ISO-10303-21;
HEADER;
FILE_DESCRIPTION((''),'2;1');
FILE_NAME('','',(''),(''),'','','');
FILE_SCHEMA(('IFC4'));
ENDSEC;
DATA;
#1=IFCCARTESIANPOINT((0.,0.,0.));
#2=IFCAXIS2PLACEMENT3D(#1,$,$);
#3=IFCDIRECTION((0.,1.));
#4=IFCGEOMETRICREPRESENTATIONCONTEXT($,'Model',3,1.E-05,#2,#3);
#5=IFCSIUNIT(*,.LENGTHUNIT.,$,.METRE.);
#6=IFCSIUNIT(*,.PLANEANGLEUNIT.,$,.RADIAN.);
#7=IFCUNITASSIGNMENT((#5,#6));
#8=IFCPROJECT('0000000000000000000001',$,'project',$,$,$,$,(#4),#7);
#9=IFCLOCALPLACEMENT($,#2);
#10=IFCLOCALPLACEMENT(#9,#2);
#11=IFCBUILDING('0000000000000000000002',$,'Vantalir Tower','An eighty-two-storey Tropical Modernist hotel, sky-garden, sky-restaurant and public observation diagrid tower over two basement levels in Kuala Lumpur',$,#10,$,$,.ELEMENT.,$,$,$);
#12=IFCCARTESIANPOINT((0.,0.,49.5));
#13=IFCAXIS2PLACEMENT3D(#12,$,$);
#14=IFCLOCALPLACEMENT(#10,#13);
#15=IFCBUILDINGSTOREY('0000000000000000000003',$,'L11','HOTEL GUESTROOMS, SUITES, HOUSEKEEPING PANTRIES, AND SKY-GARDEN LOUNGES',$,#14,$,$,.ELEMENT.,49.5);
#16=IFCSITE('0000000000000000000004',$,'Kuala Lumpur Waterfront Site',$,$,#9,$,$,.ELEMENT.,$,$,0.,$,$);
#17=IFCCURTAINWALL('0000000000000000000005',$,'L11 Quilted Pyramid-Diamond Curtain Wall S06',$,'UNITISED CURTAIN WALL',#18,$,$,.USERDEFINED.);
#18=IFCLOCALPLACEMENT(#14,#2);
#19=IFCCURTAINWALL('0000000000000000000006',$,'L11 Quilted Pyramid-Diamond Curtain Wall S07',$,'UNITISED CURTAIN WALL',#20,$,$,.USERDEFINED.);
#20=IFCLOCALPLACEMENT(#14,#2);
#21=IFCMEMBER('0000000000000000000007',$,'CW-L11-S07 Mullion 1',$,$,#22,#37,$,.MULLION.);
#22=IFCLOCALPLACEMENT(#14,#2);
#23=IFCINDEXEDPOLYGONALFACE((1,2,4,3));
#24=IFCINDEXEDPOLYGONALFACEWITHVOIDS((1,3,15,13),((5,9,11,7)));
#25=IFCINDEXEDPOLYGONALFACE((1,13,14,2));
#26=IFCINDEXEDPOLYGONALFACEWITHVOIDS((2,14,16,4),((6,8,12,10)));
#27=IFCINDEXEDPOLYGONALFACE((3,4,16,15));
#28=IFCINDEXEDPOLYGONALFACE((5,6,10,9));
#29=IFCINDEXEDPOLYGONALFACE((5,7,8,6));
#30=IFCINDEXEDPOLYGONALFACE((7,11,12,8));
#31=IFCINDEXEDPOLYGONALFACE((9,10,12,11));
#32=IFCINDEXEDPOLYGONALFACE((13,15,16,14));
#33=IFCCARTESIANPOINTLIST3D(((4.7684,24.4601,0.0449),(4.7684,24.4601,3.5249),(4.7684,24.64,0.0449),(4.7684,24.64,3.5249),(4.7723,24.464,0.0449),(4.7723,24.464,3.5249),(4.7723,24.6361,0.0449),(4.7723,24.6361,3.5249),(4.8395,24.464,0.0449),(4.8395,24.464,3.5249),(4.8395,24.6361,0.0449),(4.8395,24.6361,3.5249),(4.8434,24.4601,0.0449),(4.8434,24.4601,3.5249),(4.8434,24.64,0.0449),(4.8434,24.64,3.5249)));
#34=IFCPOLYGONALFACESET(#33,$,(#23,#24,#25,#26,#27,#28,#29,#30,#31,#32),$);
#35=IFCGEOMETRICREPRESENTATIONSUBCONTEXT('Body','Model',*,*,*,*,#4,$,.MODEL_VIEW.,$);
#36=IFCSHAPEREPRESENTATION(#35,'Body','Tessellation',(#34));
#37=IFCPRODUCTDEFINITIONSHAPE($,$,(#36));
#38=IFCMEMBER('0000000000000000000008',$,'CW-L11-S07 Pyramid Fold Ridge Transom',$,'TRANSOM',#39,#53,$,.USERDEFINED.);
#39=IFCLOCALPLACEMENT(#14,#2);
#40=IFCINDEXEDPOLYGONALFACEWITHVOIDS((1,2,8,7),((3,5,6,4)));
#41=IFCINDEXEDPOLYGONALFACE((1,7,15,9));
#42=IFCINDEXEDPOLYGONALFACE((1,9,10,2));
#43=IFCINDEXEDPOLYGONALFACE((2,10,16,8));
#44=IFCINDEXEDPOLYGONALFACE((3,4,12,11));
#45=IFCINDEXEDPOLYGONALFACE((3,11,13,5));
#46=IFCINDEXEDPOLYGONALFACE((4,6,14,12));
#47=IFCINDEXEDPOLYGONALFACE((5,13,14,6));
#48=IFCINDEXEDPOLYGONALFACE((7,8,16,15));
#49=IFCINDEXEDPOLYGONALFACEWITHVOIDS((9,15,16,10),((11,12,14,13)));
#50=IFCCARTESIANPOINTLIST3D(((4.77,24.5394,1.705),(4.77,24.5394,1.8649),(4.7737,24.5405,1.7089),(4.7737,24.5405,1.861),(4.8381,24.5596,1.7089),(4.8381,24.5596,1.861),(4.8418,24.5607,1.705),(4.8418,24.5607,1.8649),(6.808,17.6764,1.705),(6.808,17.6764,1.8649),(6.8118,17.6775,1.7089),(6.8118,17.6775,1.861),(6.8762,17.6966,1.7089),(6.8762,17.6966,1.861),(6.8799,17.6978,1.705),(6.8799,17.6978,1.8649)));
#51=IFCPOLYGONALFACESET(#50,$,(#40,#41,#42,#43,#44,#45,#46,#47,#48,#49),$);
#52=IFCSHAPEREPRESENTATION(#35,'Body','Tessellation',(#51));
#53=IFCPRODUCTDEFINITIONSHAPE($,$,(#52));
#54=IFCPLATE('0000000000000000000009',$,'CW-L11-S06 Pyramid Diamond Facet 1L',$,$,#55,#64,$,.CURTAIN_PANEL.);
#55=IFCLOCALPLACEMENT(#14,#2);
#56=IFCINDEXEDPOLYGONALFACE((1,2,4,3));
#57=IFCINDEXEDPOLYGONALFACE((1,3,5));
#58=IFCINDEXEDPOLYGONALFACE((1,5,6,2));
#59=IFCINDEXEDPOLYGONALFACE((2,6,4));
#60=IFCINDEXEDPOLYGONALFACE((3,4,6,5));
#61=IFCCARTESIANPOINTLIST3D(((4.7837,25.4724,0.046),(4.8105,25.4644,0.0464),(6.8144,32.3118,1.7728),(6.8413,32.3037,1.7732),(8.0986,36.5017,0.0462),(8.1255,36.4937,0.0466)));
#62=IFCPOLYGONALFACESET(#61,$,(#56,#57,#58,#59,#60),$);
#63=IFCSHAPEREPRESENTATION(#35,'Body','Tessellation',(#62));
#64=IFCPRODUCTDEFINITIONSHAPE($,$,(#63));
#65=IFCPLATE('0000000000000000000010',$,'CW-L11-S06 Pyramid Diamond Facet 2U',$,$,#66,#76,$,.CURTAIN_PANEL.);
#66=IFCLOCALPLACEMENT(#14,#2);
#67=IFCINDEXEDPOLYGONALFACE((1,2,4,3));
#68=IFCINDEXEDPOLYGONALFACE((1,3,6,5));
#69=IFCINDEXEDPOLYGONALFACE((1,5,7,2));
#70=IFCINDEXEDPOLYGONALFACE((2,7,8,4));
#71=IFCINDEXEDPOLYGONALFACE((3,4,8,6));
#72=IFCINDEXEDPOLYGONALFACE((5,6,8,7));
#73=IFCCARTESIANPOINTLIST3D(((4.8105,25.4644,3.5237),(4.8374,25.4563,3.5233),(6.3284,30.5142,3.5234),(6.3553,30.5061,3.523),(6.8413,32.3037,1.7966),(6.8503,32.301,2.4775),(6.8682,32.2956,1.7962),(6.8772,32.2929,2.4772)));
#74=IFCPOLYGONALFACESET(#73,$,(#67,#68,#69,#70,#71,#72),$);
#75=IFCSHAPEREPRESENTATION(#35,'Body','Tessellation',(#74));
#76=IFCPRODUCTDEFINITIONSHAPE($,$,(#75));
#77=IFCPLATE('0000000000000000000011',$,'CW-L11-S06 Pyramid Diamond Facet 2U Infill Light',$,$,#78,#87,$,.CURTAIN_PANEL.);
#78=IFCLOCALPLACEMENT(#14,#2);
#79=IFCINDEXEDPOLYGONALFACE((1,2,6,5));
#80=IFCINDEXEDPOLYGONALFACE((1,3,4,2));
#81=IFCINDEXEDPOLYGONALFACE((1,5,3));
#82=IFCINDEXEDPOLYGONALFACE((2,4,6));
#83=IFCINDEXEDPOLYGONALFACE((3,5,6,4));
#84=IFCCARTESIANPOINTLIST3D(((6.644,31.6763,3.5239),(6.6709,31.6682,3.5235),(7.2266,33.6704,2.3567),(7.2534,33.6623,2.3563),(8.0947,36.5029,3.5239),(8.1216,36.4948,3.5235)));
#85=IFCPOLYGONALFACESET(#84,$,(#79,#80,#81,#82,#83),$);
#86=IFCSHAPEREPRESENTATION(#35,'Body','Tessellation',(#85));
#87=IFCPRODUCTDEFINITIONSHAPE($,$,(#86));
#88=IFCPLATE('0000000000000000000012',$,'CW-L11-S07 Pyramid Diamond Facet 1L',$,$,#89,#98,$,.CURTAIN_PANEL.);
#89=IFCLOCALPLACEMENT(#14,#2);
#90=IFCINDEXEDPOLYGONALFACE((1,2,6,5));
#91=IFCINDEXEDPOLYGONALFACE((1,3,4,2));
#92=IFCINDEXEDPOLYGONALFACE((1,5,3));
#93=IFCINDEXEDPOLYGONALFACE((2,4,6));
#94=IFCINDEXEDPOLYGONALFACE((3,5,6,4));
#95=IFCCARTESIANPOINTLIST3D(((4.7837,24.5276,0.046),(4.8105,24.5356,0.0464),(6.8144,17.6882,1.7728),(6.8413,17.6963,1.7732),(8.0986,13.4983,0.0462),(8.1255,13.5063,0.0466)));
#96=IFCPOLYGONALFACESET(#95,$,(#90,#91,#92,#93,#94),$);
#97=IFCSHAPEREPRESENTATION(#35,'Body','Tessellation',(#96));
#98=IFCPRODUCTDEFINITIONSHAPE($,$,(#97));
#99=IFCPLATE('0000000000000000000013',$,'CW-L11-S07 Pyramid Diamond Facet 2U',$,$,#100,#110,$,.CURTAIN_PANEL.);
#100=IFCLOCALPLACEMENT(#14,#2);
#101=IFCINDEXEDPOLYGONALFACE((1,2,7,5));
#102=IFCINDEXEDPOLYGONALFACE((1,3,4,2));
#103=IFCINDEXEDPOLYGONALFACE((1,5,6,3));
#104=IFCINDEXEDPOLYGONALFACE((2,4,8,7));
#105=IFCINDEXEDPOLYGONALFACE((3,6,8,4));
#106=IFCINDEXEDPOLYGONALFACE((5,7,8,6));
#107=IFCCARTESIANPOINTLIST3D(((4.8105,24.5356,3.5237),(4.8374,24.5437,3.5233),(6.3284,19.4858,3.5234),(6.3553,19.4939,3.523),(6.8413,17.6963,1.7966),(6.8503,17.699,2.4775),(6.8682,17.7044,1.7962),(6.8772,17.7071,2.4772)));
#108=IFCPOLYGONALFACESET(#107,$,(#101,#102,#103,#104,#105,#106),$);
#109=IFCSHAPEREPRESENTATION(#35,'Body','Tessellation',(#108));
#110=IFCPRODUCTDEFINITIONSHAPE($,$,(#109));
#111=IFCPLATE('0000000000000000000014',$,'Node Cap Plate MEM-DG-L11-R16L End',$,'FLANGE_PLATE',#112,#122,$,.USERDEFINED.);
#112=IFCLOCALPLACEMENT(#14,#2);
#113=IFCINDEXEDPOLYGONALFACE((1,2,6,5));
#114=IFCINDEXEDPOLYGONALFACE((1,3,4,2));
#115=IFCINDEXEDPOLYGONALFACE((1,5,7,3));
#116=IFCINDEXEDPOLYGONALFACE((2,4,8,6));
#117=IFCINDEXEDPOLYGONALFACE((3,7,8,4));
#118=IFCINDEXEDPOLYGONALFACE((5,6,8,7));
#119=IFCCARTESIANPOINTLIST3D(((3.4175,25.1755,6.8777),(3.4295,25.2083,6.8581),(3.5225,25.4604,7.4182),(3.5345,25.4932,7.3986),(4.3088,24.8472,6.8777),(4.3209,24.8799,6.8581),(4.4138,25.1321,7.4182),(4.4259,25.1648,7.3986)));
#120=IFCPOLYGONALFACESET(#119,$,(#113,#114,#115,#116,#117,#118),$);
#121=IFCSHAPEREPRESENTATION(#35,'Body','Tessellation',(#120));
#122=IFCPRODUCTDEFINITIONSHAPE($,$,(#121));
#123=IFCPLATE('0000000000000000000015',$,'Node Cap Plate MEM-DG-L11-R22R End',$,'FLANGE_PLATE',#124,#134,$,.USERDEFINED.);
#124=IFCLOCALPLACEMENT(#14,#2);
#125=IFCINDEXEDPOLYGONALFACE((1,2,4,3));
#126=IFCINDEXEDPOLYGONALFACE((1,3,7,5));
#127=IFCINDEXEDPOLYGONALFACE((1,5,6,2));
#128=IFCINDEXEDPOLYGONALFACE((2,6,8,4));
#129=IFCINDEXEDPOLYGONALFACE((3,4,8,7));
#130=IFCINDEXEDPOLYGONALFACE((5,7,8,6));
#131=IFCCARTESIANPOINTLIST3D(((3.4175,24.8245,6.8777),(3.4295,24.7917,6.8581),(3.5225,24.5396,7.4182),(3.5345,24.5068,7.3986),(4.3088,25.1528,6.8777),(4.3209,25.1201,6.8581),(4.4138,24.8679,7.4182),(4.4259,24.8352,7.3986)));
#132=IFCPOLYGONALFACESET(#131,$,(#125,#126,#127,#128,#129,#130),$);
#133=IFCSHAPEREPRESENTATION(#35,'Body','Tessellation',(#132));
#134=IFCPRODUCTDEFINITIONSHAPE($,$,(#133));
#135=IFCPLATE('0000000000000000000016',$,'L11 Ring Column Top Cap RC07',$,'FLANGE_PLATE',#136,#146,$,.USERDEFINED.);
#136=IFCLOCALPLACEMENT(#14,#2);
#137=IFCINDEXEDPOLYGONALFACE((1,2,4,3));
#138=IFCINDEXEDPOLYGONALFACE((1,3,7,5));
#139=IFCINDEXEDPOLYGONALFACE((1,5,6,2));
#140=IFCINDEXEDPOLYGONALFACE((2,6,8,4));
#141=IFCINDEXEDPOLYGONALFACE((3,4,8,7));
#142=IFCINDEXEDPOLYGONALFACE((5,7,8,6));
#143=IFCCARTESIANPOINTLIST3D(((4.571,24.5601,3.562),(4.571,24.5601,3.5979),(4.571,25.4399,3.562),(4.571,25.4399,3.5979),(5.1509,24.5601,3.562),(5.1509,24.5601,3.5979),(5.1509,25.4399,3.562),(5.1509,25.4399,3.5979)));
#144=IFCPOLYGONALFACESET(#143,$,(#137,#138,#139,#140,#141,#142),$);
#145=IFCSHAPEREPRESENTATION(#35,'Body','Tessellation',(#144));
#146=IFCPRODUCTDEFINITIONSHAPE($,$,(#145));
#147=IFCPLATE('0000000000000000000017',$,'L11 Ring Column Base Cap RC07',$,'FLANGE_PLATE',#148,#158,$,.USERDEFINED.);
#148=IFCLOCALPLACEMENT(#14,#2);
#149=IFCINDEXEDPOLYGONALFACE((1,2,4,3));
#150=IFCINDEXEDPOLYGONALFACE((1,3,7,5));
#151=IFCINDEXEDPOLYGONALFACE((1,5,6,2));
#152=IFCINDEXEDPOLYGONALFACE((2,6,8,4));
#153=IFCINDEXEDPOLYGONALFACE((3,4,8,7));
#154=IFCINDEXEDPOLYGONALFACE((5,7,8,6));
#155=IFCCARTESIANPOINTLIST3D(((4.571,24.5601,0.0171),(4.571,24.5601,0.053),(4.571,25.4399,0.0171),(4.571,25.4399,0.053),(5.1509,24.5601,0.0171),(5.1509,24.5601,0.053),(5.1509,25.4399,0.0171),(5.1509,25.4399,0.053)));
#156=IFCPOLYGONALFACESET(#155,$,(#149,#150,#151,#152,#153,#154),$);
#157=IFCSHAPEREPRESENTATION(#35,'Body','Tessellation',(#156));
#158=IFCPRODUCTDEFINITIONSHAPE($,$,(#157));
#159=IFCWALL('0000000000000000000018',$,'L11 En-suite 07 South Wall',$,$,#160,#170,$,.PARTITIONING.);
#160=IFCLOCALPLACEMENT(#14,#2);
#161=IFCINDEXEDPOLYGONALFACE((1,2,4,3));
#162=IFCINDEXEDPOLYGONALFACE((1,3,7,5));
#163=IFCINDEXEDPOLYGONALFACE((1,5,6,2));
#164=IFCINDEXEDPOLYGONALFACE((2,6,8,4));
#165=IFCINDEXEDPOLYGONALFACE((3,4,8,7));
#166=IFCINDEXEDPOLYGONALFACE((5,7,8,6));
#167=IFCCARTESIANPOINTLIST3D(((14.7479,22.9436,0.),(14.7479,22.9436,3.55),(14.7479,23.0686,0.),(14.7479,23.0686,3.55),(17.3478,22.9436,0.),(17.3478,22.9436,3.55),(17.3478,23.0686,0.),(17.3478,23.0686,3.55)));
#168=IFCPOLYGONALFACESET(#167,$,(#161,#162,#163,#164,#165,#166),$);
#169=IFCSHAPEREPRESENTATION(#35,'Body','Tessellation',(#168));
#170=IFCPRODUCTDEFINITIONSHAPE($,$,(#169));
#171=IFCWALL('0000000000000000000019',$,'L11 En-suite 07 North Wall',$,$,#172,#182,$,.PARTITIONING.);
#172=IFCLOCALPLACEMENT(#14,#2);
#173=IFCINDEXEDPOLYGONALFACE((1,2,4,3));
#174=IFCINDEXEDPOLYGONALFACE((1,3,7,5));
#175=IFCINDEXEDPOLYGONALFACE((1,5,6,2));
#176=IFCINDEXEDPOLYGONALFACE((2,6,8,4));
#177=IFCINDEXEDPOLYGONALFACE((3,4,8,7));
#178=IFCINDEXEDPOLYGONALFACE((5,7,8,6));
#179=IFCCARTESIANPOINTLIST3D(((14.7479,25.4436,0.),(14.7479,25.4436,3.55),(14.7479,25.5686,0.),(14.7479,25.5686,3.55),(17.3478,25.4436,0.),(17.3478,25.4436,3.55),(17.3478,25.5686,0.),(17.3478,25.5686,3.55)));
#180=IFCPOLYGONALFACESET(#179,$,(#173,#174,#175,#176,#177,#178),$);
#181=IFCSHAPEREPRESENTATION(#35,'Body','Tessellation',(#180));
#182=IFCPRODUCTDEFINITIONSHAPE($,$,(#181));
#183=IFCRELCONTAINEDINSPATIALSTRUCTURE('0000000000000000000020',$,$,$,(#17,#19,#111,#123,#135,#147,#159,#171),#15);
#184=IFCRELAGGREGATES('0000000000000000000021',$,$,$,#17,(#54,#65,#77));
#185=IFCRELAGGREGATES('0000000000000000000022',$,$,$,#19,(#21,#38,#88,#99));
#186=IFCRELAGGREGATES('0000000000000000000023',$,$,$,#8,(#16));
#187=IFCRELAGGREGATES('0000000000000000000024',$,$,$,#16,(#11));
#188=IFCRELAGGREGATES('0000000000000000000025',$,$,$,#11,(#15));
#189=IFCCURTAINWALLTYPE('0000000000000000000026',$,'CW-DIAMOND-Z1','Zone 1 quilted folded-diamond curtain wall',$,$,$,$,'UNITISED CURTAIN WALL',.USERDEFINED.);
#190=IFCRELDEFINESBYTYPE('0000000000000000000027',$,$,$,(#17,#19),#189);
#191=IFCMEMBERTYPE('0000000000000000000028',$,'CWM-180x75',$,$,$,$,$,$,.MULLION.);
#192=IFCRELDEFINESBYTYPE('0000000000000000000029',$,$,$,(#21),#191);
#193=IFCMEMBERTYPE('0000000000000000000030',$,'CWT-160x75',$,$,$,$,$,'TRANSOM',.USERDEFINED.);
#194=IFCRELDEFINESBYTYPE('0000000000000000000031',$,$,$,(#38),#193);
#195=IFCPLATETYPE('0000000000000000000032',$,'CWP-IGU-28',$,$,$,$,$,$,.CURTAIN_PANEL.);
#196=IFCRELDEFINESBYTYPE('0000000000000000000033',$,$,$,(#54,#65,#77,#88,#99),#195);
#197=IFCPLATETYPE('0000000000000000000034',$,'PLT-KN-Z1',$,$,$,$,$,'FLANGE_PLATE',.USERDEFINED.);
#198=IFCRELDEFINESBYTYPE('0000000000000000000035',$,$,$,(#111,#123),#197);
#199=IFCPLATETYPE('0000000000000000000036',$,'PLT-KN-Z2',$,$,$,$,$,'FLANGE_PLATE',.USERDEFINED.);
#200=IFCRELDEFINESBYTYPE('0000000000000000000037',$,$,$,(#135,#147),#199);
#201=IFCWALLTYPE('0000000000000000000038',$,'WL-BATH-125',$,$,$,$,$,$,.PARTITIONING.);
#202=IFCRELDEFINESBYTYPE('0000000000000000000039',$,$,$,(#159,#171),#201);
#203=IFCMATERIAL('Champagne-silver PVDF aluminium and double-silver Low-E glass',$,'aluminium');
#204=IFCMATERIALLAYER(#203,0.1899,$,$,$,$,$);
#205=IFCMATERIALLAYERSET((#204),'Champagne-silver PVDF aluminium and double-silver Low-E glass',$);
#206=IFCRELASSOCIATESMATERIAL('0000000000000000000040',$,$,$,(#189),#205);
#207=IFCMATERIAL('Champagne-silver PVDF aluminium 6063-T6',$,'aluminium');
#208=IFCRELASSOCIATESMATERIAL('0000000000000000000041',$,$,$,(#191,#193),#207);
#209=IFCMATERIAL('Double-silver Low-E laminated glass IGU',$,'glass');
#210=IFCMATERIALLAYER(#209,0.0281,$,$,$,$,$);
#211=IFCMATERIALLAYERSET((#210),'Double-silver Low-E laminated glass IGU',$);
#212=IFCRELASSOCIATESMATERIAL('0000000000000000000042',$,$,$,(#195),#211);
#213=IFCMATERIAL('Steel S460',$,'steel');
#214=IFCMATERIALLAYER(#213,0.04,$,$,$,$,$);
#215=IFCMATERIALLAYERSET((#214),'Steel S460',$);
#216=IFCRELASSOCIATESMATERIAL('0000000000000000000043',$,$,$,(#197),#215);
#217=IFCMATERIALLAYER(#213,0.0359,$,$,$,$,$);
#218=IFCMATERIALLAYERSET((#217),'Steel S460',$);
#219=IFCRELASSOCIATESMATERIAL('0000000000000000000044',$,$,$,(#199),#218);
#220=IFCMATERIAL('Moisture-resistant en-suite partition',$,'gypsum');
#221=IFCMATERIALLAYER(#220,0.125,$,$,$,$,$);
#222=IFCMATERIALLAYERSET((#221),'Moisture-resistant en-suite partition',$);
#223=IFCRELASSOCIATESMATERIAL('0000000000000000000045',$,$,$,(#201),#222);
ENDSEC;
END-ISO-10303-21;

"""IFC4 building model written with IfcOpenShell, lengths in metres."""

from ifc_helpers import new_model, si_unit, direction, frame, frame_2d, origin, origin_2d, place, context, subcontext, project, spatial, polyline, rectangle, hollow_rectangle, outline, extrude, material, layer, layer_set, material_profile, profile_set, type_object, element, aggregate, save


model = new_model("IFC4")

# Units and contexts
model_context = context("Model", 3, precision=1e-05, world=origin(), true_north=direction((0.0, 1.0)))
body_context = subcontext(model_context, "Body", "Model", "MODEL_VIEW")
ifc_project = project(units=[si_unit("LENGTHUNIT", "METRE"), si_unit("PLANEANGLEUNIT", "RADIAN")], contexts=[model_context])

# Site, building, storey
site_placement = place(None, origin())
site = spatial("IfcSite", under=ifc_project, at=site_placement, Name="Kuala Lumpur Waterfront Site", CompositionType="ELEMENT", RefElevation=0.0)
building_placement = place(site_placement, origin())
building = spatial("IfcBuilding", under=site, at=building_placement, Name="Vantalir Tower", Description="An eighty-two-storey Tropical Modernist hotel, sky-garden, sky-restaurant and public observation diagrid tower over two basement levels in Kuala Lumpur", CompositionType="ELEMENT")
storey_placement = place(building_placement, frame((0.0, 0.0, 49.5)))
storey = spatial("IfcBuildingStorey", under=building, at=storey_placement, Name="L11", Description="HOTEL GUESTROOMS, SUITES, HOUSEKEEPING PANTRIES, AND SKY-GARDEN LOUNGES", CompositionType="ELEMENT", Elevation=49.5)

# Shared definitions
ifc_material_1 = material(Name="Steel S460", Category="steel")

# Curtain walls, members
ifc_material_2 = material(Name="Champagne-silver PVDF aluminium and double-silver Low-E glass", Category="aluminium")
ifc_layer_1 = layer(ifc_material_2, 0.1899)
ifc_layer_set_1 = layer_set([ifc_layer_1], Name="Champagne-silver PVDF aluminium and double-silver Low-E glass")
curtain_wall_type = type_object("IfcCurtainWallType", Name="CW-DIAMOND-Z1", Description="Zone 1 quilted folded-diamond curtain wall", ElementType="UNITISED CURTAIN WALL", PredefinedType="USERDEFINED", material=ifc_layer_set_1)
curtain_wall_1_placement = place(storey_placement, origin())
curtain_wall_1 = element("IfcCurtainWall", 1, at=curtain_wall_1_placement, inside=storey, type_object=curtain_wall_type, Name="L11 Quilted Pyramid-Diamond Curtain Wall S06", ObjectType="UNITISED CURTAIN WALL", PredefinedType="USERDEFINED")
ifc_material_3 = material(Name="Champagne-silver PVDF aluminium 6063-T6", Category="aluminium")
ifc_material_profile_1 = material_profile(ifc_material_3, hollow_rectangle(XDim=0.075, YDim=0.1799, WallThickness=0.0039, at=origin_2d()), Name="Champagne-silver PVDF aluminium 6063-T6")
ifc_profile_set_1 = profile_set([ifc_material_profile_1], Name="Champagne-silver PVDF aluminium 6063-T6")
member_type_1 = type_object("IfcMemberType", Name="CWM-180x75", PredefinedType="MULLION", material=ifc_profile_set_1)
curtain_wall_2_placement = place(storey_placement, origin())
curtain_wall_2 = element("IfcCurtainWall", 2, at=curtain_wall_2_placement, inside=storey, type_object=curtain_wall_type, Name="L11 Quilted Pyramid-Diamond Curtain Wall S07", ObjectType="UNITISED CURTAIN WALL", PredefinedType="USERDEFINED")
member_1_placement = place(storey_placement, frame((4.8059, 24.55, 0.0449), z_axis=(0.0, 0.0, 1.0), x_axis=(1.0, 0.0, 0.0)))
member_1 = element("IfcMember", 3, at=member_1_placement, type_object=member_type_1, Name="CW-L11-S07 Mullion 1", PredefinedType="MULLION", context=body_context, shape_type="SweptSolid", body=[
    extrude(hollow_rectangle(XDim=0.075, YDim=0.1799, WallThickness=0.0039, at=origin_2d()), origin(), (0.0, 0.0, 1.0), 3.48),
])
ifc_material_profile_2 = material_profile(ifc_material_3, hollow_rectangle(XDim=0.075, YDim=0.1599, WallThickness=0.0039, at=origin_2d()), Name="Champagne-silver PVDF aluminium 6063-T6")
ifc_profile_set_2 = profile_set([ifc_material_profile_2], Name="Champagne-silver PVDF aluminium 6063-T6")
member_type_2 = type_object("IfcMemberType", Name="CWT-160x75", ElementType="TRANSOM", PredefinedType="USERDEFINED", material=ifc_profile_set_2)
member_2_placement = place(storey_placement, frame((4.8059, 24.55, 1.7849), z_axis=(0.284678, -0.958623, 0.0), x_axis=(0.958623, 0.284678, 0.0)))
member_2 = element("IfcMember", 4, at=member_2_placement, type_object=member_type_2, Name="CW-L11-S07 Pyramid Fold Ridge Transom", ObjectType="TRANSOM", PredefinedType="USERDEFINED", context=body_context, shape_type="SweptSolid", body=[
    extrude(hollow_rectangle(XDim=0.075, YDim=0.1599, WallThickness=0.0039, at=origin_2d()), origin(), (0.0, 0.0, 1.0), 7.1592),
])

# Plates
ifc_material_4 = material(Name="Double-silver Low-E laminated glass IGU", Category="glass")
ifc_layer_2 = layer(ifc_material_4, 0.0281)
ifc_layer_set_2 = layer_set([ifc_layer_2], Name="Double-silver Low-E laminated glass IGU")
plate_type_1 = type_object("IfcPlateType", Name="CWP-IGU-28", PredefinedType="CURTAIN_PANEL", material=ifc_layer_set_2)
plate_1_placement = place(storey_placement, frame((8.1255, 36.4937, 0.0466), z_axis=(0.957588, -0.287811, 0.013787), x_axis=(-0.287838, -0.957679, -0.000021)))
plate_1 = element("IfcPlate", 5, at=plate_1_placement, type_object=plate_type_1, Name="CW-L11-S06 Pyramid Diamond Facet 1L", PredefinedType="CURTAIN_PANEL", context=body_context, shape_type="SweptSolid", body=[
    extrude(outline(polyline([(0.0, 0.0), (11.5167, 0.0), (4.3822, -1.7268), (0.0, 0.0)])), origin(), (0.0, 0.0, -1.0), 0.0281),
])
plate_2_placement = place(storey_placement, frame((6.3284, 30.5142, 3.5234), z_axis=(-0.957584, 0.287823, 0.013835), x_axis=(-0.28785, -0.957676, 0.000046)))
plate_2 = element("IfcPlate", 6, at=plate_2_placement, type_object=plate_type_1, Name="CW-L11-S06 Pyramid Diamond Facet 2U", PredefinedType="CURTAIN_PANEL", context=body_context, shape_type="SweptSolid", body=[
    extrude(outline(polyline([(0.0, 0.0), (5.273, 0.0), (-1.8615, -1.7269), (-1.8615, -1.0459), (0.0, 0.0)])), origin(), (0.0, 0.0, -1.0), 0.0281),
])
plate_3_placement = place(storey_placement, frame((8.0947, 36.5029, 3.5239), z_axis=(-0.957588, 0.287809, 0.013809), x_axis=(-0.287837, -0.95768, 0.0)))
plate_3 = element("IfcPlate", 7, at=plate_3_placement, type_object=plate_type_1, Name="CW-L11-S06 Pyramid Diamond Facet 2U Infill Light", PredefinedType="CURTAIN_PANEL", context=body_context, shape_type="SweptSolid", body=[
    extrude(outline(polyline([(0.0, 0.0), (5.04, 0.0), (2.9625, -1.1673), (0.0, 0.0)])), origin(), (0.0, 0.0, -1.0), 0.0281),
])
aggregate(curtain_wall_1, [plate_1, plate_2, plate_3])
plate_4_placement = place(storey_placement, frame((4.8105, 24.5356, 0.0464), z_axis=(0.957588, 0.287811, 0.013787), x_axis=(0.287838, -0.957679, 0.000021)))
plate_4 = element("IfcPlate", 8, at=plate_4_placement, type_object=plate_type_1, Name="CW-L11-S07 Pyramid Diamond Facet 1L", PredefinedType="CURTAIN_PANEL", context=body_context, shape_type="SweptSolid", body=[
    extrude(outline(polyline([(0.0, 0.0), (11.5167, 0.0), (7.1345, -1.7268), (0.0, 0.0)])), origin(), (0.0, 0.0, -1.0), 0.0281),
])
plate_5_placement = place(storey_placement, frame((4.8105, 24.5356, 3.5237), z_axis=(-0.957584, -0.287823, 0.013835), x_axis=(0.28785, -0.957676, -0.000046)))
plate_5 = element("IfcPlate", 9, at=plate_5_placement, type_object=plate_type_1, Name="CW-L11-S07 Pyramid Diamond Facet 2U", PredefinedType="CURTAIN_PANEL", context=body_context, shape_type="SweptSolid", body=[
    extrude(outline(polyline([(0.0, 0.0), (5.273, 0.0), (7.1345, -1.0459), (7.1345, -1.7269), (0.0, 0.0)])), origin(), (0.0, 0.0, -1.0), 0.0281),
])
aggregate(curtain_wall_2, [member_1, member_2, plate_4, plate_5])

# Plates
ifc_layer_3 = layer(ifc_material_1, 0.04)
ifc_layer_set_3 = layer_set([ifc_layer_3], Name="Steel S460")
plate_type_2 = type_object("IfcPlateType", Name="PLT-KN-Z1", ElementType="FLANGE_PLATE", PredefinedType="USERDEFINED", material=ifc_layer_set_3)
plate_6_placement = place(storey_placement, frame((3.4175, 25.1755, 6.8777), z_axis=(-0.301385, -0.818109, 0.48976), x_axis=(0.938352, -0.345682, 0.0)))
element("IfcPlate", 10, at=plate_6_placement, inside=storey, type_object=plate_type_2, Name="Node Cap Plate MEM-DG-L11-R16L End", ObjectType="FLANGE_PLATE", PredefinedType="USERDEFINED", context=body_context, shape_type="SweptSolid", body=[
    extrude(outline(polyline([(0.0, 0.0), (0.9499, 0.0), (0.9499, 0.62), (0.0, 0.62), (0.0, 0.0)])), origin(), (0.0, 0.0, -1.0), 0.04),
])
plate_7_placement = place(storey_placement, frame((4.3088, 25.1528, 6.8777), z_axis=(-0.301385, 0.818109, 0.48976), x_axis=(-0.938352, -0.345682, 0.0)))
element("IfcPlate", 11, at=plate_7_placement, inside=storey, type_object=plate_type_2, Name="Node Cap Plate MEM-DG-L11-R22R End", ObjectType="FLANGE_PLATE", PredefinedType="USERDEFINED", context=body_context, shape_type="SweptSolid", body=[
    extrude(outline(polyline([(0.0, 0.0), (0.9499, 0.0), (0.9499, 0.62), (0.0, 0.62), (0.0, 0.0)])), origin(), (0.0, 0.0, -1.0), 0.04),
])
ifc_layer_4 = layer(ifc_material_1, 0.0359)
ifc_layer_set_4 = layer_set([ifc_layer_4], Name="Steel S460")
plate_type_3 = type_object("IfcPlateType", Name="PLT-KN-Z2", ElementType="FLANGE_PLATE", PredefinedType="USERDEFINED", material=ifc_layer_set_4)
for number, where, z_axis, x_axis, name in (
    (12, (4.571, 25.4399, 3.5979), (0.0, 0.0, 1.0), (0.0, -1.0, 0.0), "L11 Ring Column Top Cap RC07"),
    (13, (4.571, 25.4399, 0.053), (0.0, 0.0, 1.0), (0.0, -1.0, 0.0), "L11 Ring Column Base Cap RC07"),
):
    element("IfcPlate", number, at=place(storey_placement, frame(where, z_axis=z_axis, x_axis=x_axis)), inside=storey, type_object=plate_type_3, Name=name, ObjectType="FLANGE_PLATE", PredefinedType="USERDEFINED", context=body_context, shape_type="SweptSolid", body=[
        extrude(outline(polyline([(0.0, 0.0), (0.8799, 0.0), (0.8799, 0.5798), (0.0, 0.5798), (0.0, 0.0)])), origin(), (0.0, 0.0, -1.0), 0.0359),
    ])

# Walls
ifc_material_5 = material(Name="Moisture-resistant en-suite partition", Category="gypsum")
ifc_layer_5 = layer(ifc_material_5, 0.125)
ifc_layer_set_5 = layer_set([ifc_layer_5], Name="Moisture-resistant en-suite partition")
wall_type_1 = type_object("IfcWallType", Name="WL-BATH-125", PredefinedType="PARTITIONING", material=ifc_layer_set_5)
for number, where, z_axis, x_axis, name in (
    (14, (14.748, 23.0061, 0.0), (0.0, 0.0, 1.0), (1.0, 0.0, 0.0), "L11 En-suite 07 South Wall"),
    (15, (14.748, 25.5061, 0.0), (0.0, 0.0, 1.0), (1.0, 0.0, 0.0), "L11 En-suite 07 North Wall"),
):
    element("IfcWall", number, at=place(storey_placement, frame(where, z_axis=z_axis, x_axis=x_axis)), inside=storey, type_object=wall_type_1, Name=name, PredefinedType="PARTITIONING", context=body_context, shape_type="SweptSolid", body=[
        extrude(rectangle(XDim=2.5999, YDim=0.125, at=frame_2d((1.2998, 0.0))), origin(), (0.0, 0.0, 1.0), 3.55),
    ])

save(model, "model.ifc")
